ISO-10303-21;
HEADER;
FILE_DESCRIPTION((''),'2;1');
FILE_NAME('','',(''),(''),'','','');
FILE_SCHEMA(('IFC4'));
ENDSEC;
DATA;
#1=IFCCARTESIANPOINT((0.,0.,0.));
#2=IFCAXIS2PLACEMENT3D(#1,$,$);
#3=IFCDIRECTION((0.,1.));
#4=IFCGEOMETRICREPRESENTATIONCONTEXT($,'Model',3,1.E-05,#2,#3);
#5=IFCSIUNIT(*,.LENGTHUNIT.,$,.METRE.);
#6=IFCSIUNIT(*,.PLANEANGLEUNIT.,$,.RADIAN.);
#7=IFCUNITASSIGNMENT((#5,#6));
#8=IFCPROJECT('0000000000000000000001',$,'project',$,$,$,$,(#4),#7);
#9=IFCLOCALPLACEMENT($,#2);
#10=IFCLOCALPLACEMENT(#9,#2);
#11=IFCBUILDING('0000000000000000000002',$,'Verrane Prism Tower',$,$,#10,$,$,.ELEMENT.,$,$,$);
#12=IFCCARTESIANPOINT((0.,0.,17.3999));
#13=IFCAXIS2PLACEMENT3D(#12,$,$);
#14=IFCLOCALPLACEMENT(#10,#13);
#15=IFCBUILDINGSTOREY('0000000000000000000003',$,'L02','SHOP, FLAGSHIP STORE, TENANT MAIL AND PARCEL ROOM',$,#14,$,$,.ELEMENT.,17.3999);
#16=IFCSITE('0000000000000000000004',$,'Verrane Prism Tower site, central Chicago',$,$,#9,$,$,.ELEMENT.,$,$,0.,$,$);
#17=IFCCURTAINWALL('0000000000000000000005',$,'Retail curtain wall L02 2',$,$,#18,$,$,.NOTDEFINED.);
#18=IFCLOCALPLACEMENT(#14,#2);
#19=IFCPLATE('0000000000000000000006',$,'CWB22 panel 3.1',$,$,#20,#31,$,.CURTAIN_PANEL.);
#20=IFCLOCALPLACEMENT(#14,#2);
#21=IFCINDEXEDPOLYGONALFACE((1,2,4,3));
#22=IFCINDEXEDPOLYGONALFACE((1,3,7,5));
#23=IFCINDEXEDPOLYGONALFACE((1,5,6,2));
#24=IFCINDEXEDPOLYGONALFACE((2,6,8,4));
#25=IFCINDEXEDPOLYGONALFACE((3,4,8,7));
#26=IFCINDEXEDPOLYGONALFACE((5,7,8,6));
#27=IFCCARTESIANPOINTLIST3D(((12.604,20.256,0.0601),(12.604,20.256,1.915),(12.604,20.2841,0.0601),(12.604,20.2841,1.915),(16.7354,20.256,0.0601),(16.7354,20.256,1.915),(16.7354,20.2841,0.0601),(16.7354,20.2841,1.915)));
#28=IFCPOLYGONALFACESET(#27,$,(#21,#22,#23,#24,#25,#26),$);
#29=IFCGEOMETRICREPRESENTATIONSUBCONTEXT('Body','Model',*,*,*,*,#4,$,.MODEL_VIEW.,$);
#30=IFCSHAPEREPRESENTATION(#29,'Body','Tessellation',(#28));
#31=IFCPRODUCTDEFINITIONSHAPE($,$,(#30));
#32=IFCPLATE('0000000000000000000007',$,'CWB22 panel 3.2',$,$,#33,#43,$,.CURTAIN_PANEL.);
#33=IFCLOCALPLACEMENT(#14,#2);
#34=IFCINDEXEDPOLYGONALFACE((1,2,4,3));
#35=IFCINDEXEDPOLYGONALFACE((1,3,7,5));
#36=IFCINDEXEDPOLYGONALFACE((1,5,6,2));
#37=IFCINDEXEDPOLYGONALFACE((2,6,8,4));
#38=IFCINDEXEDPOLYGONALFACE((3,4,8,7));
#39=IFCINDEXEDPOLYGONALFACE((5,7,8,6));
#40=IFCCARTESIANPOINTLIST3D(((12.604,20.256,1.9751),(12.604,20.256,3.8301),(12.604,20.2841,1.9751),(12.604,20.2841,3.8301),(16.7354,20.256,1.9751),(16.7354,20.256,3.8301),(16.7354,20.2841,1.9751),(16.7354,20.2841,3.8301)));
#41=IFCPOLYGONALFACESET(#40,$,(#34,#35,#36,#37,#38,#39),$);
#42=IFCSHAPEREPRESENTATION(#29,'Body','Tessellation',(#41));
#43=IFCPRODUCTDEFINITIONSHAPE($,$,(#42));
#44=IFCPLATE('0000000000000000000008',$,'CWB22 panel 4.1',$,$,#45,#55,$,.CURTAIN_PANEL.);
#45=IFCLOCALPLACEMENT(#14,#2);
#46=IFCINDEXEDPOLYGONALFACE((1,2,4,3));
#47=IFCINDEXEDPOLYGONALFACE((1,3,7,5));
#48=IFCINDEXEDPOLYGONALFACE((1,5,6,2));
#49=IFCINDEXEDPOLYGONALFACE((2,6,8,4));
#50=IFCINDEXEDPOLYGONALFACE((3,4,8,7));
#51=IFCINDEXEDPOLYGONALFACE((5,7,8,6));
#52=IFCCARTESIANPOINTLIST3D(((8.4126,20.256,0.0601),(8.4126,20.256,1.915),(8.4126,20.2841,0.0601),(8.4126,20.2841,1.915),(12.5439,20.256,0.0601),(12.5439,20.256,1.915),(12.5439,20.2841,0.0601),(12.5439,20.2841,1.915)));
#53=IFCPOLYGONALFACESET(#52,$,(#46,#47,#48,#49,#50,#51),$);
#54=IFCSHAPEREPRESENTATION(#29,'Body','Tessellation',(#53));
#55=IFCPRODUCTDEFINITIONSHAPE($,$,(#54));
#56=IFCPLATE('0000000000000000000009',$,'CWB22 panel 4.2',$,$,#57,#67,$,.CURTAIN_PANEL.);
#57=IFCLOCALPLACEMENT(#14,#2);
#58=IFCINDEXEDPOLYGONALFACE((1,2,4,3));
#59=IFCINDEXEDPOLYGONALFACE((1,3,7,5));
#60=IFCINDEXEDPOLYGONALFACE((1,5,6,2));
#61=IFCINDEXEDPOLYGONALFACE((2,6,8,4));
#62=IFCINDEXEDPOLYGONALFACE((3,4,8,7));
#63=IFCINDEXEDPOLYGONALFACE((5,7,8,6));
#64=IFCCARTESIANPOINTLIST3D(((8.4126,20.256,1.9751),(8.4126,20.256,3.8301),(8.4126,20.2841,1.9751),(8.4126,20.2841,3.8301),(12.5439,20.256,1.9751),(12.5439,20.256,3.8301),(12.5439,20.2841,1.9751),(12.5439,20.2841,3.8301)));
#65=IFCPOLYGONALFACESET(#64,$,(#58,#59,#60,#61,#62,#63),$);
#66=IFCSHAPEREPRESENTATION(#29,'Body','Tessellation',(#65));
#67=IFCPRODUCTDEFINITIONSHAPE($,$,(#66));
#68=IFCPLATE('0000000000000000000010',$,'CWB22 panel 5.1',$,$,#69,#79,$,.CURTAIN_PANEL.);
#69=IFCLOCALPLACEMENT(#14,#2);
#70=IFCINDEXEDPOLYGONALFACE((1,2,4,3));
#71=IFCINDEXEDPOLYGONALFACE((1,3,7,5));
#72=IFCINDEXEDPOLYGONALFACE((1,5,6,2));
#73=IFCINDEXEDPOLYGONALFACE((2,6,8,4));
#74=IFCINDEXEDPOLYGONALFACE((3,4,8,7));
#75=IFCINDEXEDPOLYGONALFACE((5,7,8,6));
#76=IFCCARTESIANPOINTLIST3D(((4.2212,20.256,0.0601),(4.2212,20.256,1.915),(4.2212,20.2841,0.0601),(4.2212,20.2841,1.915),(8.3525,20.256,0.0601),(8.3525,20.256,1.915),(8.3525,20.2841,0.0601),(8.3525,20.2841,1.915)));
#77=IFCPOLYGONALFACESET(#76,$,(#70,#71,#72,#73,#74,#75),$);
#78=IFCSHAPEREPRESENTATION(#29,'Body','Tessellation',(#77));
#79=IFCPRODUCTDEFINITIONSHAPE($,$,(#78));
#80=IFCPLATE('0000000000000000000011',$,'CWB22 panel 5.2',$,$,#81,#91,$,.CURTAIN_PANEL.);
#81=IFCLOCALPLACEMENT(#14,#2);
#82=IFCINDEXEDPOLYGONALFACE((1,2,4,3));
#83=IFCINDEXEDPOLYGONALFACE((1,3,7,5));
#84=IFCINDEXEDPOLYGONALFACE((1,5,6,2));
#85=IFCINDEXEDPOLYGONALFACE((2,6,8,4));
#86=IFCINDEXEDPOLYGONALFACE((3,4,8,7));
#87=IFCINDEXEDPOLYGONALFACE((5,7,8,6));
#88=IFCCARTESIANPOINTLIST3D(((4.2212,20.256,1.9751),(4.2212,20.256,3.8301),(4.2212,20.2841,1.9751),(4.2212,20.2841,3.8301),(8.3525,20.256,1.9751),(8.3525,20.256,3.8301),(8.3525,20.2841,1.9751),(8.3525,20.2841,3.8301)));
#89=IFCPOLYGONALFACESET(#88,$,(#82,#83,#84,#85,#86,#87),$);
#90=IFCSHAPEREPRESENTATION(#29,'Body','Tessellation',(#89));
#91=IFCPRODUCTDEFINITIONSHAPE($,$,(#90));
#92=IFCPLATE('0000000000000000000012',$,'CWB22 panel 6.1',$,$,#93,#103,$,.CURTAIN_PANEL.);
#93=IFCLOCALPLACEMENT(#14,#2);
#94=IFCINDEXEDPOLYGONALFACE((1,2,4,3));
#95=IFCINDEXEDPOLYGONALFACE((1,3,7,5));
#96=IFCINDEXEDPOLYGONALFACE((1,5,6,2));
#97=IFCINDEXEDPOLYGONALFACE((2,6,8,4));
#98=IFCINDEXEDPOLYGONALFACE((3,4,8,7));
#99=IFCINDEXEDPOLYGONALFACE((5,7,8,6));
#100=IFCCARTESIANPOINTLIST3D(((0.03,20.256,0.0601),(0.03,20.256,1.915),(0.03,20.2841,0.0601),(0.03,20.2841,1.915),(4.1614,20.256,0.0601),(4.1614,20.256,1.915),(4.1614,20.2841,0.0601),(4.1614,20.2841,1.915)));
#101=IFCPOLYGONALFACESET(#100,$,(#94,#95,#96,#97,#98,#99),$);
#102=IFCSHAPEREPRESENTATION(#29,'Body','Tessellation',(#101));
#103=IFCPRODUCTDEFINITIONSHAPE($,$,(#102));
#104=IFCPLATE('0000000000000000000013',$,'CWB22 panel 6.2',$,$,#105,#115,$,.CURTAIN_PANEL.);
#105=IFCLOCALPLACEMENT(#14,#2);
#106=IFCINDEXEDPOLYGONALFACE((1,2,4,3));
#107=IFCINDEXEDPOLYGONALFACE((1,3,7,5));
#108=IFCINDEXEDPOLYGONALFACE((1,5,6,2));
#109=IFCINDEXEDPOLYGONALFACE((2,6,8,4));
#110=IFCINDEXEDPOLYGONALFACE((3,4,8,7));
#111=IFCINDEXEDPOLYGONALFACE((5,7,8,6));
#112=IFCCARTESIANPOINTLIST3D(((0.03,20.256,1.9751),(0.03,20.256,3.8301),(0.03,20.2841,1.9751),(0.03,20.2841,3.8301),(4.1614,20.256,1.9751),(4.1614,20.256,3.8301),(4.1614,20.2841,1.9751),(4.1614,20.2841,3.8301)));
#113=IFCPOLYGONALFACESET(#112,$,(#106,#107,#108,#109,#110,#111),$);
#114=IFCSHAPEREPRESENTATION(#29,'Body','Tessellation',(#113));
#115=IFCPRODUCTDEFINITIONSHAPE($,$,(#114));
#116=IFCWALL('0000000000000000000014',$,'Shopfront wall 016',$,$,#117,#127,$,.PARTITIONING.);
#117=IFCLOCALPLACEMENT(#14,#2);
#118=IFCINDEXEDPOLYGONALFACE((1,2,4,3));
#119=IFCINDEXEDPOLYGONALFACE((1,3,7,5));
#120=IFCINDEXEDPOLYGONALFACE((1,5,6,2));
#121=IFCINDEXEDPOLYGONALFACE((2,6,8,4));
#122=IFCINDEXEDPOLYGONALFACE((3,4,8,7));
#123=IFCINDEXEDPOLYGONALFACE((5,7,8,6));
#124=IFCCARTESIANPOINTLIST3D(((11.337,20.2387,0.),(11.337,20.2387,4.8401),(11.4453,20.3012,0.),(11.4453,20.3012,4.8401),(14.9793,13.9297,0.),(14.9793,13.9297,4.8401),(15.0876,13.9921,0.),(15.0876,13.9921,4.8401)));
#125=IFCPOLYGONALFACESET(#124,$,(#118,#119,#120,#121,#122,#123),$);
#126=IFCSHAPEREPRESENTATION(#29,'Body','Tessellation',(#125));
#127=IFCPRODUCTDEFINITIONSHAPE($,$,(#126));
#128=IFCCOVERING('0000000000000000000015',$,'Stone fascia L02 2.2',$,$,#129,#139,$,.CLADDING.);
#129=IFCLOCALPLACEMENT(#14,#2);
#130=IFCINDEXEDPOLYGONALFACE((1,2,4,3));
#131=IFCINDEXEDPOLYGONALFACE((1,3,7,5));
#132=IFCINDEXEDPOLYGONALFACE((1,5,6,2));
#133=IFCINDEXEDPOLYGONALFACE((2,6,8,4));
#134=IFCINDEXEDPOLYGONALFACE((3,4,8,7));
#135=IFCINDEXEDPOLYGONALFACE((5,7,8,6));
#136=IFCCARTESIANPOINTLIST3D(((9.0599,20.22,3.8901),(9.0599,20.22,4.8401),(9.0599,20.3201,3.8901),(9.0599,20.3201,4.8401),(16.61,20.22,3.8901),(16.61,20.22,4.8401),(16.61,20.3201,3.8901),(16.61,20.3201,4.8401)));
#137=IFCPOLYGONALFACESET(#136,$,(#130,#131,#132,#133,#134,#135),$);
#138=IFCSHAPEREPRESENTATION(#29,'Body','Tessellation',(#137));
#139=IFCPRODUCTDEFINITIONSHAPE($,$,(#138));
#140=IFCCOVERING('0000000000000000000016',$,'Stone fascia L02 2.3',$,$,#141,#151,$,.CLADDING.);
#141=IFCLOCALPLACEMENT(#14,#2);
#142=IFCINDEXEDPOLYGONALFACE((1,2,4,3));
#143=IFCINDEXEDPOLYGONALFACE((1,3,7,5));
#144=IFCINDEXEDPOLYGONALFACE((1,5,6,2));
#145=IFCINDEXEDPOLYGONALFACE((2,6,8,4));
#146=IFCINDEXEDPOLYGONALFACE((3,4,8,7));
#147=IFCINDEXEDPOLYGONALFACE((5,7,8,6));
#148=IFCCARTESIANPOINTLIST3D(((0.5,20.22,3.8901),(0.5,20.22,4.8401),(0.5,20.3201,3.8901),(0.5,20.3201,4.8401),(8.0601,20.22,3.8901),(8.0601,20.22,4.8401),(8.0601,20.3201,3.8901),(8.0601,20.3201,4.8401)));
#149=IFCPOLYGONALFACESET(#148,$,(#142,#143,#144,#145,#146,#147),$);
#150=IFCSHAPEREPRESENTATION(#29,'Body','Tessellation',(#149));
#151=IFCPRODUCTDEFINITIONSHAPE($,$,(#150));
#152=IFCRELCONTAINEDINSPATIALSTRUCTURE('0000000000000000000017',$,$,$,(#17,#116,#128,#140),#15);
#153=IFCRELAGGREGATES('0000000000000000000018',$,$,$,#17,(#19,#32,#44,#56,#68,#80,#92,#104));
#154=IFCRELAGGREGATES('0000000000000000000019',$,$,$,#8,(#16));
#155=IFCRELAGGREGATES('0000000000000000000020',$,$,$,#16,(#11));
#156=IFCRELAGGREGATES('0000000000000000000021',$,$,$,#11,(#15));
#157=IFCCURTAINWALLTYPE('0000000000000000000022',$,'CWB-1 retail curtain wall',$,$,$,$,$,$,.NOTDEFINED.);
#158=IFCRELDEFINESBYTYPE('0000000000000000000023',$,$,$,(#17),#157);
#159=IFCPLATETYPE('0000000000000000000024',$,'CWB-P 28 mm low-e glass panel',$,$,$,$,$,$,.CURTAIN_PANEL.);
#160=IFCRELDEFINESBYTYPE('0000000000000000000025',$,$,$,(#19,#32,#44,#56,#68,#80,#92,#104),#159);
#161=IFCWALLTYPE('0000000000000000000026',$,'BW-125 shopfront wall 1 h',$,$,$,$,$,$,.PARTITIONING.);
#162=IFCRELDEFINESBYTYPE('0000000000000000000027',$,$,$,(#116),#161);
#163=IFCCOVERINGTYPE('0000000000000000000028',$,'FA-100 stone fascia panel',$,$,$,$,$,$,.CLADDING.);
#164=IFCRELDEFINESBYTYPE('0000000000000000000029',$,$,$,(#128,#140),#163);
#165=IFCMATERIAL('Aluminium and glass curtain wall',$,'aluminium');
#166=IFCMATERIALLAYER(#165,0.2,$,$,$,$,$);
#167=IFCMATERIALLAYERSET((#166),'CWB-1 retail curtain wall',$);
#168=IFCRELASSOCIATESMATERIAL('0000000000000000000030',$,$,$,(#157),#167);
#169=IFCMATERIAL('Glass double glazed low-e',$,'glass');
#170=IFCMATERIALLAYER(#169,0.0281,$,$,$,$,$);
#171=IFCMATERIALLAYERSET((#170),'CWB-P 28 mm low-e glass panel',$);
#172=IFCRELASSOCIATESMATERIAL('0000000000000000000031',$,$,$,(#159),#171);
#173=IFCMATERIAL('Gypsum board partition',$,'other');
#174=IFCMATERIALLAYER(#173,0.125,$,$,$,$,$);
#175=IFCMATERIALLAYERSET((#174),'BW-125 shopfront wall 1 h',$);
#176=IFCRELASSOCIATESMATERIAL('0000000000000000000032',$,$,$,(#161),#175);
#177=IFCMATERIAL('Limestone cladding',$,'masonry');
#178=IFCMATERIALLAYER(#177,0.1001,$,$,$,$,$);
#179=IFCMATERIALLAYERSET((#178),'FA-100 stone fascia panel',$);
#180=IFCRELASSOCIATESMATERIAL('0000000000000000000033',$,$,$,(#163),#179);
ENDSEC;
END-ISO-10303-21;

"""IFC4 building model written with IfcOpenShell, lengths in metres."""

from ifc_helpers import new_model, si_unit, direction, frame, frame_2d, origin, origin_2d, place, context, subcontext, project, spatial, rectangle, extrude, material, layer, layer_set, type_object, element, aggregate, save


model = new_model("IFC4")

# Units and contexts
model_context = context("Model", 3, precision=1e-05, world=origin(), true_north=direction((0.0, 1.0)))
body_context = subcontext(model_context, "Body", "Model", "MODEL_VIEW")
ifc_project = project(units=[si_unit("LENGTHUNIT", "METRE"), si_unit("PLANEANGLEUNIT", "RADIAN")], contexts=[model_context])

# Site, building, storey
site_placement = place(None, origin())
site = spatial("IfcSite", under=ifc_project, at=site_placement, Name="Verrane Prism Tower site, central Chicago", CompositionType="ELEMENT", RefElevation=0.0)
building_placement = place(site_placement, origin())
building = spatial("IfcBuilding", under=site, at=building_placement, Name="Verrane Prism Tower", CompositionType="ELEMENT")
storey_placement = place(building_placement, frame((0.0, 0.0, 17.3999)))
storey = spatial("IfcBuildingStorey", under=building, at=storey_placement, Name="L02", Description="SHOP, FLAGSHIP STORE, TENANT MAIL AND PARCEL ROOM", CompositionType="ELEMENT", Elevation=17.3999)

# Curtain wall
ifc_material_1 = material(Name="Aluminium and glass curtain wall", Category="aluminium")
ifc_layer_1 = layer(ifc_material_1, 0.2)
ifc_layer_set_1 = layer_set([ifc_layer_1], Name="CWB-1 retail curtain wall")
curtain_wall_type = type_object("IfcCurtainWallType", Name="CWB-1 retail curtain wall", PredefinedType="NOTDEFINED", material=ifc_layer_set_1)
curtain_wall_placement = place(storey_placement, origin())
curtain_wall = element("IfcCurtainWall", 1, at=curtain_wall_placement, inside=storey, type_object=curtain_wall_type, Name="Retail curtain wall L02 2", PredefinedType="NOTDEFINED")

# Plates
ifc_material_2 = material(Name="Glass double glazed low-e", Category="glass")
ifc_layer_2 = layer(ifc_material_2, 0.0281)
ifc_layer_set_2 = layer_set([ifc_layer_2], Name="CWB-P 28 mm low-e glass panel")
plate_type = type_object("IfcPlateType", Name="CWB-P 28 mm low-e glass panel", PredefinedType="CURTAIN_PANEL", material=ifc_layer_set_2)
plate_1_placement = place(storey_placement, frame((14.6697, 20.27, 0.0601), z_axis=(0.0, 0.0, 1.0), x_axis=(-1.0, 0.0, 0.0)))
plate_1 = element("IfcPlate", 2, at=plate_1_placement, type_object=plate_type, Name="CWB22 panel 3.1", PredefinedType="CURTAIN_PANEL", context=body_context, shape_type="SweptSolid", body=[
    extrude(rectangle(XDim=4.1313, YDim=0.0281, at=origin_2d()), origin(), (0.0, 0.0, 1.0), 1.855),
])
plate_2_placement = place(storey_placement, frame((14.6697, 20.27, 1.9751), z_axis=(0.0, 0.0, 1.0), x_axis=(-1.0, 0.0, 0.0)))
plate_2 = element("IfcPlate", 3, at=plate_2_placement, type_object=plate_type, Name="CWB22 panel 3.2", PredefinedType="CURTAIN_PANEL", context=body_context, shape_type="SweptSolid", body=[
    extrude(rectangle(XDim=4.1313, YDim=0.0281, at=origin_2d()), origin(), (0.0, 0.0, 1.0), 1.855),
])
plate_3_placement = place(storey_placement, frame((10.4783, 20.27, 0.0601), z_axis=(0.0, 0.0, 1.0), x_axis=(-1.0, 0.0, 0.0)))
plate_3 = element("IfcPlate", 4, at=plate_3_placement, type_object=plate_type, Name="CWB22 panel 4.1", PredefinedType="CURTAIN_PANEL", context=body_context, shape_type="SweptSolid", body=[
    extrude(rectangle(XDim=4.1313, YDim=0.0281, at=origin_2d()), origin(), (0.0, 0.0, 1.0), 1.855),
])
plate_4_placement = place(storey_placement, frame((10.4783, 20.27, 1.9751), z_axis=(0.0, 0.0, 1.0), x_axis=(-1.0, 0.0, 0.0)))
plate_4 = element("IfcPlate", 5, at=plate_4_placement, type_object=plate_type, Name="CWB22 panel 4.2", PredefinedType="CURTAIN_PANEL", context=body_context, shape_type="SweptSolid", body=[
    extrude(rectangle(XDim=4.1313, YDim=0.0281, at=origin_2d()), origin(), (0.0, 0.0, 1.0), 1.855),
])
plate_5_placement = place(storey_placement, frame((6.2869, 20.27, 0.0601), z_axis=(0.0, 0.0, 1.0), x_axis=(-1.0, 0.0, 0.0)))
plate_5 = element("IfcPlate", 6, at=plate_5_placement, type_object=plate_type, Name="CWB22 panel 5.1", PredefinedType="CURTAIN_PANEL", context=body_context, shape_type="SweptSolid", body=[
    extrude(rectangle(XDim=4.1313, YDim=0.0281, at=origin_2d()), origin(), (0.0, 0.0, 1.0), 1.855),
])
plate_6_placement = place(storey_placement, frame((6.2869, 20.27, 1.9751), z_axis=(0.0, 0.0, 1.0), x_axis=(-1.0, 0.0, 0.0)))
plate_6 = element("IfcPlate", 7, at=plate_6_placement, type_object=plate_type, Name="CWB22 panel 5.2", PredefinedType="CURTAIN_PANEL", context=body_context, shape_type="SweptSolid", body=[
    extrude(rectangle(XDim=4.1313, YDim=0.0281, at=origin_2d()), origin(), (0.0, 0.0, 1.0), 1.855),
])
plate_7_placement = place(storey_placement, frame((2.0957, 20.27, 0.0601), z_axis=(0.0, 0.0, 1.0), x_axis=(-1.0, 0.0, 0.0)))
plate_7 = element("IfcPlate", 8, at=plate_7_placement, type_object=plate_type, Name="CWB22 panel 6.1", PredefinedType="CURTAIN_PANEL", context=body_context, shape_type="SweptSolid", body=[
    extrude(rectangle(XDim=4.1313, YDim=0.0281, at=origin_2d()), origin(), (0.0, 0.0, 1.0), 1.855),
])
plate_8_placement = place(storey_placement, frame((2.0957, 20.27, 1.9751), z_axis=(0.0, 0.0, 1.0), x_axis=(-1.0, 0.0, 0.0)))
plate_8 = element("IfcPlate", 9, at=plate_8_placement, type_object=plate_type, Name="CWB22 panel 6.2", PredefinedType="CURTAIN_PANEL", context=body_context, shape_type="SweptSolid", body=[
    extrude(rectangle(XDim=4.1313, YDim=0.0281, at=origin_2d()), origin(), (0.0, 0.0, 1.0), 1.855),
])
aggregate(curtain_wall, [plate_1, plate_2, plate_3, plate_4, plate_5, plate_6, plate_7, plate_8])

# Wall
ifc_material_3 = material(Name="Gypsum board partition", Category="other")
ifc_layer_3 = layer(ifc_material_3, 0.125)
ifc_layer_set_3 = layer_set([ifc_layer_3], Name="BW-125 shopfront wall 1 h")
wall_type = type_object("IfcWallType", Name="BW-125 shopfront wall 1 h", PredefinedType="PARTITIONING", material=ifc_layer_set_3)
wall_placement = place(storey_placement, frame((11.3911, 20.27, 0.0), z_axis=(0.0, 0.0, 1.0), x_axis=(0.499978, -0.866038, 0.0)))
element("IfcWall", 10, at=wall_placement, inside=storey, type_object=wall_type, Name="Shopfront wall 016", PredefinedType="PARTITIONING", context=body_context, shape_type="SweptSolid", body=[
    extrude(rectangle(XDim=7.2849, YDim=0.125, at=frame_2d((3.6426, 0.0))), origin(), (0.0, 0.0, 1.0), 4.8401),
])

# Coverings
ifc_material_4 = material(Name="Limestone cladding", Category="masonry")
ifc_layer_4 = layer(ifc_material_4, 0.1001)
ifc_layer_set_4 = layer_set([ifc_layer_4], Name="FA-100 stone fascia panel")
covering_type = type_object("IfcCoveringType", Name="FA-100 stone fascia panel", PredefinedType="CLADDING", material=ifc_layer_set_4)
covering_1_placement = place(storey_placement, frame((12.835, 20.27, 3.8901), z_axis=(0.0, 0.0, 1.0), x_axis=(-1.0, 0.0, 0.0)))
element("IfcCovering", 11, at=covering_1_placement, inside=storey, type_object=covering_type, Name="Stone fascia L02 2.2", PredefinedType="CLADDING", context=body_context, shape_type="SweptSolid", body=[
    extrude(rectangle(XDim=7.55, YDim=0.1001, at=origin_2d()), origin(), (0.0, 0.0, 1.0), 0.95),
])
covering_2_placement = place(storey_placement, frame((4.28, 20.27, 3.8901), z_axis=(0.0, 0.0, 1.0), x_axis=(-1.0, 0.0, 0.0)))
element("IfcCovering", 12, at=covering_2_placement, inside=storey, type_object=covering_type, Name="Stone fascia L02 2.3", PredefinedType="CLADDING", context=body_context, shape_type="SweptSolid", body=[
    extrude(rectangle(XDim=7.5601, YDim=0.1001, at=origin_2d()), origin(), (0.0, 0.0, 1.0), 0.95),
])

save(model, "model.ifc")
